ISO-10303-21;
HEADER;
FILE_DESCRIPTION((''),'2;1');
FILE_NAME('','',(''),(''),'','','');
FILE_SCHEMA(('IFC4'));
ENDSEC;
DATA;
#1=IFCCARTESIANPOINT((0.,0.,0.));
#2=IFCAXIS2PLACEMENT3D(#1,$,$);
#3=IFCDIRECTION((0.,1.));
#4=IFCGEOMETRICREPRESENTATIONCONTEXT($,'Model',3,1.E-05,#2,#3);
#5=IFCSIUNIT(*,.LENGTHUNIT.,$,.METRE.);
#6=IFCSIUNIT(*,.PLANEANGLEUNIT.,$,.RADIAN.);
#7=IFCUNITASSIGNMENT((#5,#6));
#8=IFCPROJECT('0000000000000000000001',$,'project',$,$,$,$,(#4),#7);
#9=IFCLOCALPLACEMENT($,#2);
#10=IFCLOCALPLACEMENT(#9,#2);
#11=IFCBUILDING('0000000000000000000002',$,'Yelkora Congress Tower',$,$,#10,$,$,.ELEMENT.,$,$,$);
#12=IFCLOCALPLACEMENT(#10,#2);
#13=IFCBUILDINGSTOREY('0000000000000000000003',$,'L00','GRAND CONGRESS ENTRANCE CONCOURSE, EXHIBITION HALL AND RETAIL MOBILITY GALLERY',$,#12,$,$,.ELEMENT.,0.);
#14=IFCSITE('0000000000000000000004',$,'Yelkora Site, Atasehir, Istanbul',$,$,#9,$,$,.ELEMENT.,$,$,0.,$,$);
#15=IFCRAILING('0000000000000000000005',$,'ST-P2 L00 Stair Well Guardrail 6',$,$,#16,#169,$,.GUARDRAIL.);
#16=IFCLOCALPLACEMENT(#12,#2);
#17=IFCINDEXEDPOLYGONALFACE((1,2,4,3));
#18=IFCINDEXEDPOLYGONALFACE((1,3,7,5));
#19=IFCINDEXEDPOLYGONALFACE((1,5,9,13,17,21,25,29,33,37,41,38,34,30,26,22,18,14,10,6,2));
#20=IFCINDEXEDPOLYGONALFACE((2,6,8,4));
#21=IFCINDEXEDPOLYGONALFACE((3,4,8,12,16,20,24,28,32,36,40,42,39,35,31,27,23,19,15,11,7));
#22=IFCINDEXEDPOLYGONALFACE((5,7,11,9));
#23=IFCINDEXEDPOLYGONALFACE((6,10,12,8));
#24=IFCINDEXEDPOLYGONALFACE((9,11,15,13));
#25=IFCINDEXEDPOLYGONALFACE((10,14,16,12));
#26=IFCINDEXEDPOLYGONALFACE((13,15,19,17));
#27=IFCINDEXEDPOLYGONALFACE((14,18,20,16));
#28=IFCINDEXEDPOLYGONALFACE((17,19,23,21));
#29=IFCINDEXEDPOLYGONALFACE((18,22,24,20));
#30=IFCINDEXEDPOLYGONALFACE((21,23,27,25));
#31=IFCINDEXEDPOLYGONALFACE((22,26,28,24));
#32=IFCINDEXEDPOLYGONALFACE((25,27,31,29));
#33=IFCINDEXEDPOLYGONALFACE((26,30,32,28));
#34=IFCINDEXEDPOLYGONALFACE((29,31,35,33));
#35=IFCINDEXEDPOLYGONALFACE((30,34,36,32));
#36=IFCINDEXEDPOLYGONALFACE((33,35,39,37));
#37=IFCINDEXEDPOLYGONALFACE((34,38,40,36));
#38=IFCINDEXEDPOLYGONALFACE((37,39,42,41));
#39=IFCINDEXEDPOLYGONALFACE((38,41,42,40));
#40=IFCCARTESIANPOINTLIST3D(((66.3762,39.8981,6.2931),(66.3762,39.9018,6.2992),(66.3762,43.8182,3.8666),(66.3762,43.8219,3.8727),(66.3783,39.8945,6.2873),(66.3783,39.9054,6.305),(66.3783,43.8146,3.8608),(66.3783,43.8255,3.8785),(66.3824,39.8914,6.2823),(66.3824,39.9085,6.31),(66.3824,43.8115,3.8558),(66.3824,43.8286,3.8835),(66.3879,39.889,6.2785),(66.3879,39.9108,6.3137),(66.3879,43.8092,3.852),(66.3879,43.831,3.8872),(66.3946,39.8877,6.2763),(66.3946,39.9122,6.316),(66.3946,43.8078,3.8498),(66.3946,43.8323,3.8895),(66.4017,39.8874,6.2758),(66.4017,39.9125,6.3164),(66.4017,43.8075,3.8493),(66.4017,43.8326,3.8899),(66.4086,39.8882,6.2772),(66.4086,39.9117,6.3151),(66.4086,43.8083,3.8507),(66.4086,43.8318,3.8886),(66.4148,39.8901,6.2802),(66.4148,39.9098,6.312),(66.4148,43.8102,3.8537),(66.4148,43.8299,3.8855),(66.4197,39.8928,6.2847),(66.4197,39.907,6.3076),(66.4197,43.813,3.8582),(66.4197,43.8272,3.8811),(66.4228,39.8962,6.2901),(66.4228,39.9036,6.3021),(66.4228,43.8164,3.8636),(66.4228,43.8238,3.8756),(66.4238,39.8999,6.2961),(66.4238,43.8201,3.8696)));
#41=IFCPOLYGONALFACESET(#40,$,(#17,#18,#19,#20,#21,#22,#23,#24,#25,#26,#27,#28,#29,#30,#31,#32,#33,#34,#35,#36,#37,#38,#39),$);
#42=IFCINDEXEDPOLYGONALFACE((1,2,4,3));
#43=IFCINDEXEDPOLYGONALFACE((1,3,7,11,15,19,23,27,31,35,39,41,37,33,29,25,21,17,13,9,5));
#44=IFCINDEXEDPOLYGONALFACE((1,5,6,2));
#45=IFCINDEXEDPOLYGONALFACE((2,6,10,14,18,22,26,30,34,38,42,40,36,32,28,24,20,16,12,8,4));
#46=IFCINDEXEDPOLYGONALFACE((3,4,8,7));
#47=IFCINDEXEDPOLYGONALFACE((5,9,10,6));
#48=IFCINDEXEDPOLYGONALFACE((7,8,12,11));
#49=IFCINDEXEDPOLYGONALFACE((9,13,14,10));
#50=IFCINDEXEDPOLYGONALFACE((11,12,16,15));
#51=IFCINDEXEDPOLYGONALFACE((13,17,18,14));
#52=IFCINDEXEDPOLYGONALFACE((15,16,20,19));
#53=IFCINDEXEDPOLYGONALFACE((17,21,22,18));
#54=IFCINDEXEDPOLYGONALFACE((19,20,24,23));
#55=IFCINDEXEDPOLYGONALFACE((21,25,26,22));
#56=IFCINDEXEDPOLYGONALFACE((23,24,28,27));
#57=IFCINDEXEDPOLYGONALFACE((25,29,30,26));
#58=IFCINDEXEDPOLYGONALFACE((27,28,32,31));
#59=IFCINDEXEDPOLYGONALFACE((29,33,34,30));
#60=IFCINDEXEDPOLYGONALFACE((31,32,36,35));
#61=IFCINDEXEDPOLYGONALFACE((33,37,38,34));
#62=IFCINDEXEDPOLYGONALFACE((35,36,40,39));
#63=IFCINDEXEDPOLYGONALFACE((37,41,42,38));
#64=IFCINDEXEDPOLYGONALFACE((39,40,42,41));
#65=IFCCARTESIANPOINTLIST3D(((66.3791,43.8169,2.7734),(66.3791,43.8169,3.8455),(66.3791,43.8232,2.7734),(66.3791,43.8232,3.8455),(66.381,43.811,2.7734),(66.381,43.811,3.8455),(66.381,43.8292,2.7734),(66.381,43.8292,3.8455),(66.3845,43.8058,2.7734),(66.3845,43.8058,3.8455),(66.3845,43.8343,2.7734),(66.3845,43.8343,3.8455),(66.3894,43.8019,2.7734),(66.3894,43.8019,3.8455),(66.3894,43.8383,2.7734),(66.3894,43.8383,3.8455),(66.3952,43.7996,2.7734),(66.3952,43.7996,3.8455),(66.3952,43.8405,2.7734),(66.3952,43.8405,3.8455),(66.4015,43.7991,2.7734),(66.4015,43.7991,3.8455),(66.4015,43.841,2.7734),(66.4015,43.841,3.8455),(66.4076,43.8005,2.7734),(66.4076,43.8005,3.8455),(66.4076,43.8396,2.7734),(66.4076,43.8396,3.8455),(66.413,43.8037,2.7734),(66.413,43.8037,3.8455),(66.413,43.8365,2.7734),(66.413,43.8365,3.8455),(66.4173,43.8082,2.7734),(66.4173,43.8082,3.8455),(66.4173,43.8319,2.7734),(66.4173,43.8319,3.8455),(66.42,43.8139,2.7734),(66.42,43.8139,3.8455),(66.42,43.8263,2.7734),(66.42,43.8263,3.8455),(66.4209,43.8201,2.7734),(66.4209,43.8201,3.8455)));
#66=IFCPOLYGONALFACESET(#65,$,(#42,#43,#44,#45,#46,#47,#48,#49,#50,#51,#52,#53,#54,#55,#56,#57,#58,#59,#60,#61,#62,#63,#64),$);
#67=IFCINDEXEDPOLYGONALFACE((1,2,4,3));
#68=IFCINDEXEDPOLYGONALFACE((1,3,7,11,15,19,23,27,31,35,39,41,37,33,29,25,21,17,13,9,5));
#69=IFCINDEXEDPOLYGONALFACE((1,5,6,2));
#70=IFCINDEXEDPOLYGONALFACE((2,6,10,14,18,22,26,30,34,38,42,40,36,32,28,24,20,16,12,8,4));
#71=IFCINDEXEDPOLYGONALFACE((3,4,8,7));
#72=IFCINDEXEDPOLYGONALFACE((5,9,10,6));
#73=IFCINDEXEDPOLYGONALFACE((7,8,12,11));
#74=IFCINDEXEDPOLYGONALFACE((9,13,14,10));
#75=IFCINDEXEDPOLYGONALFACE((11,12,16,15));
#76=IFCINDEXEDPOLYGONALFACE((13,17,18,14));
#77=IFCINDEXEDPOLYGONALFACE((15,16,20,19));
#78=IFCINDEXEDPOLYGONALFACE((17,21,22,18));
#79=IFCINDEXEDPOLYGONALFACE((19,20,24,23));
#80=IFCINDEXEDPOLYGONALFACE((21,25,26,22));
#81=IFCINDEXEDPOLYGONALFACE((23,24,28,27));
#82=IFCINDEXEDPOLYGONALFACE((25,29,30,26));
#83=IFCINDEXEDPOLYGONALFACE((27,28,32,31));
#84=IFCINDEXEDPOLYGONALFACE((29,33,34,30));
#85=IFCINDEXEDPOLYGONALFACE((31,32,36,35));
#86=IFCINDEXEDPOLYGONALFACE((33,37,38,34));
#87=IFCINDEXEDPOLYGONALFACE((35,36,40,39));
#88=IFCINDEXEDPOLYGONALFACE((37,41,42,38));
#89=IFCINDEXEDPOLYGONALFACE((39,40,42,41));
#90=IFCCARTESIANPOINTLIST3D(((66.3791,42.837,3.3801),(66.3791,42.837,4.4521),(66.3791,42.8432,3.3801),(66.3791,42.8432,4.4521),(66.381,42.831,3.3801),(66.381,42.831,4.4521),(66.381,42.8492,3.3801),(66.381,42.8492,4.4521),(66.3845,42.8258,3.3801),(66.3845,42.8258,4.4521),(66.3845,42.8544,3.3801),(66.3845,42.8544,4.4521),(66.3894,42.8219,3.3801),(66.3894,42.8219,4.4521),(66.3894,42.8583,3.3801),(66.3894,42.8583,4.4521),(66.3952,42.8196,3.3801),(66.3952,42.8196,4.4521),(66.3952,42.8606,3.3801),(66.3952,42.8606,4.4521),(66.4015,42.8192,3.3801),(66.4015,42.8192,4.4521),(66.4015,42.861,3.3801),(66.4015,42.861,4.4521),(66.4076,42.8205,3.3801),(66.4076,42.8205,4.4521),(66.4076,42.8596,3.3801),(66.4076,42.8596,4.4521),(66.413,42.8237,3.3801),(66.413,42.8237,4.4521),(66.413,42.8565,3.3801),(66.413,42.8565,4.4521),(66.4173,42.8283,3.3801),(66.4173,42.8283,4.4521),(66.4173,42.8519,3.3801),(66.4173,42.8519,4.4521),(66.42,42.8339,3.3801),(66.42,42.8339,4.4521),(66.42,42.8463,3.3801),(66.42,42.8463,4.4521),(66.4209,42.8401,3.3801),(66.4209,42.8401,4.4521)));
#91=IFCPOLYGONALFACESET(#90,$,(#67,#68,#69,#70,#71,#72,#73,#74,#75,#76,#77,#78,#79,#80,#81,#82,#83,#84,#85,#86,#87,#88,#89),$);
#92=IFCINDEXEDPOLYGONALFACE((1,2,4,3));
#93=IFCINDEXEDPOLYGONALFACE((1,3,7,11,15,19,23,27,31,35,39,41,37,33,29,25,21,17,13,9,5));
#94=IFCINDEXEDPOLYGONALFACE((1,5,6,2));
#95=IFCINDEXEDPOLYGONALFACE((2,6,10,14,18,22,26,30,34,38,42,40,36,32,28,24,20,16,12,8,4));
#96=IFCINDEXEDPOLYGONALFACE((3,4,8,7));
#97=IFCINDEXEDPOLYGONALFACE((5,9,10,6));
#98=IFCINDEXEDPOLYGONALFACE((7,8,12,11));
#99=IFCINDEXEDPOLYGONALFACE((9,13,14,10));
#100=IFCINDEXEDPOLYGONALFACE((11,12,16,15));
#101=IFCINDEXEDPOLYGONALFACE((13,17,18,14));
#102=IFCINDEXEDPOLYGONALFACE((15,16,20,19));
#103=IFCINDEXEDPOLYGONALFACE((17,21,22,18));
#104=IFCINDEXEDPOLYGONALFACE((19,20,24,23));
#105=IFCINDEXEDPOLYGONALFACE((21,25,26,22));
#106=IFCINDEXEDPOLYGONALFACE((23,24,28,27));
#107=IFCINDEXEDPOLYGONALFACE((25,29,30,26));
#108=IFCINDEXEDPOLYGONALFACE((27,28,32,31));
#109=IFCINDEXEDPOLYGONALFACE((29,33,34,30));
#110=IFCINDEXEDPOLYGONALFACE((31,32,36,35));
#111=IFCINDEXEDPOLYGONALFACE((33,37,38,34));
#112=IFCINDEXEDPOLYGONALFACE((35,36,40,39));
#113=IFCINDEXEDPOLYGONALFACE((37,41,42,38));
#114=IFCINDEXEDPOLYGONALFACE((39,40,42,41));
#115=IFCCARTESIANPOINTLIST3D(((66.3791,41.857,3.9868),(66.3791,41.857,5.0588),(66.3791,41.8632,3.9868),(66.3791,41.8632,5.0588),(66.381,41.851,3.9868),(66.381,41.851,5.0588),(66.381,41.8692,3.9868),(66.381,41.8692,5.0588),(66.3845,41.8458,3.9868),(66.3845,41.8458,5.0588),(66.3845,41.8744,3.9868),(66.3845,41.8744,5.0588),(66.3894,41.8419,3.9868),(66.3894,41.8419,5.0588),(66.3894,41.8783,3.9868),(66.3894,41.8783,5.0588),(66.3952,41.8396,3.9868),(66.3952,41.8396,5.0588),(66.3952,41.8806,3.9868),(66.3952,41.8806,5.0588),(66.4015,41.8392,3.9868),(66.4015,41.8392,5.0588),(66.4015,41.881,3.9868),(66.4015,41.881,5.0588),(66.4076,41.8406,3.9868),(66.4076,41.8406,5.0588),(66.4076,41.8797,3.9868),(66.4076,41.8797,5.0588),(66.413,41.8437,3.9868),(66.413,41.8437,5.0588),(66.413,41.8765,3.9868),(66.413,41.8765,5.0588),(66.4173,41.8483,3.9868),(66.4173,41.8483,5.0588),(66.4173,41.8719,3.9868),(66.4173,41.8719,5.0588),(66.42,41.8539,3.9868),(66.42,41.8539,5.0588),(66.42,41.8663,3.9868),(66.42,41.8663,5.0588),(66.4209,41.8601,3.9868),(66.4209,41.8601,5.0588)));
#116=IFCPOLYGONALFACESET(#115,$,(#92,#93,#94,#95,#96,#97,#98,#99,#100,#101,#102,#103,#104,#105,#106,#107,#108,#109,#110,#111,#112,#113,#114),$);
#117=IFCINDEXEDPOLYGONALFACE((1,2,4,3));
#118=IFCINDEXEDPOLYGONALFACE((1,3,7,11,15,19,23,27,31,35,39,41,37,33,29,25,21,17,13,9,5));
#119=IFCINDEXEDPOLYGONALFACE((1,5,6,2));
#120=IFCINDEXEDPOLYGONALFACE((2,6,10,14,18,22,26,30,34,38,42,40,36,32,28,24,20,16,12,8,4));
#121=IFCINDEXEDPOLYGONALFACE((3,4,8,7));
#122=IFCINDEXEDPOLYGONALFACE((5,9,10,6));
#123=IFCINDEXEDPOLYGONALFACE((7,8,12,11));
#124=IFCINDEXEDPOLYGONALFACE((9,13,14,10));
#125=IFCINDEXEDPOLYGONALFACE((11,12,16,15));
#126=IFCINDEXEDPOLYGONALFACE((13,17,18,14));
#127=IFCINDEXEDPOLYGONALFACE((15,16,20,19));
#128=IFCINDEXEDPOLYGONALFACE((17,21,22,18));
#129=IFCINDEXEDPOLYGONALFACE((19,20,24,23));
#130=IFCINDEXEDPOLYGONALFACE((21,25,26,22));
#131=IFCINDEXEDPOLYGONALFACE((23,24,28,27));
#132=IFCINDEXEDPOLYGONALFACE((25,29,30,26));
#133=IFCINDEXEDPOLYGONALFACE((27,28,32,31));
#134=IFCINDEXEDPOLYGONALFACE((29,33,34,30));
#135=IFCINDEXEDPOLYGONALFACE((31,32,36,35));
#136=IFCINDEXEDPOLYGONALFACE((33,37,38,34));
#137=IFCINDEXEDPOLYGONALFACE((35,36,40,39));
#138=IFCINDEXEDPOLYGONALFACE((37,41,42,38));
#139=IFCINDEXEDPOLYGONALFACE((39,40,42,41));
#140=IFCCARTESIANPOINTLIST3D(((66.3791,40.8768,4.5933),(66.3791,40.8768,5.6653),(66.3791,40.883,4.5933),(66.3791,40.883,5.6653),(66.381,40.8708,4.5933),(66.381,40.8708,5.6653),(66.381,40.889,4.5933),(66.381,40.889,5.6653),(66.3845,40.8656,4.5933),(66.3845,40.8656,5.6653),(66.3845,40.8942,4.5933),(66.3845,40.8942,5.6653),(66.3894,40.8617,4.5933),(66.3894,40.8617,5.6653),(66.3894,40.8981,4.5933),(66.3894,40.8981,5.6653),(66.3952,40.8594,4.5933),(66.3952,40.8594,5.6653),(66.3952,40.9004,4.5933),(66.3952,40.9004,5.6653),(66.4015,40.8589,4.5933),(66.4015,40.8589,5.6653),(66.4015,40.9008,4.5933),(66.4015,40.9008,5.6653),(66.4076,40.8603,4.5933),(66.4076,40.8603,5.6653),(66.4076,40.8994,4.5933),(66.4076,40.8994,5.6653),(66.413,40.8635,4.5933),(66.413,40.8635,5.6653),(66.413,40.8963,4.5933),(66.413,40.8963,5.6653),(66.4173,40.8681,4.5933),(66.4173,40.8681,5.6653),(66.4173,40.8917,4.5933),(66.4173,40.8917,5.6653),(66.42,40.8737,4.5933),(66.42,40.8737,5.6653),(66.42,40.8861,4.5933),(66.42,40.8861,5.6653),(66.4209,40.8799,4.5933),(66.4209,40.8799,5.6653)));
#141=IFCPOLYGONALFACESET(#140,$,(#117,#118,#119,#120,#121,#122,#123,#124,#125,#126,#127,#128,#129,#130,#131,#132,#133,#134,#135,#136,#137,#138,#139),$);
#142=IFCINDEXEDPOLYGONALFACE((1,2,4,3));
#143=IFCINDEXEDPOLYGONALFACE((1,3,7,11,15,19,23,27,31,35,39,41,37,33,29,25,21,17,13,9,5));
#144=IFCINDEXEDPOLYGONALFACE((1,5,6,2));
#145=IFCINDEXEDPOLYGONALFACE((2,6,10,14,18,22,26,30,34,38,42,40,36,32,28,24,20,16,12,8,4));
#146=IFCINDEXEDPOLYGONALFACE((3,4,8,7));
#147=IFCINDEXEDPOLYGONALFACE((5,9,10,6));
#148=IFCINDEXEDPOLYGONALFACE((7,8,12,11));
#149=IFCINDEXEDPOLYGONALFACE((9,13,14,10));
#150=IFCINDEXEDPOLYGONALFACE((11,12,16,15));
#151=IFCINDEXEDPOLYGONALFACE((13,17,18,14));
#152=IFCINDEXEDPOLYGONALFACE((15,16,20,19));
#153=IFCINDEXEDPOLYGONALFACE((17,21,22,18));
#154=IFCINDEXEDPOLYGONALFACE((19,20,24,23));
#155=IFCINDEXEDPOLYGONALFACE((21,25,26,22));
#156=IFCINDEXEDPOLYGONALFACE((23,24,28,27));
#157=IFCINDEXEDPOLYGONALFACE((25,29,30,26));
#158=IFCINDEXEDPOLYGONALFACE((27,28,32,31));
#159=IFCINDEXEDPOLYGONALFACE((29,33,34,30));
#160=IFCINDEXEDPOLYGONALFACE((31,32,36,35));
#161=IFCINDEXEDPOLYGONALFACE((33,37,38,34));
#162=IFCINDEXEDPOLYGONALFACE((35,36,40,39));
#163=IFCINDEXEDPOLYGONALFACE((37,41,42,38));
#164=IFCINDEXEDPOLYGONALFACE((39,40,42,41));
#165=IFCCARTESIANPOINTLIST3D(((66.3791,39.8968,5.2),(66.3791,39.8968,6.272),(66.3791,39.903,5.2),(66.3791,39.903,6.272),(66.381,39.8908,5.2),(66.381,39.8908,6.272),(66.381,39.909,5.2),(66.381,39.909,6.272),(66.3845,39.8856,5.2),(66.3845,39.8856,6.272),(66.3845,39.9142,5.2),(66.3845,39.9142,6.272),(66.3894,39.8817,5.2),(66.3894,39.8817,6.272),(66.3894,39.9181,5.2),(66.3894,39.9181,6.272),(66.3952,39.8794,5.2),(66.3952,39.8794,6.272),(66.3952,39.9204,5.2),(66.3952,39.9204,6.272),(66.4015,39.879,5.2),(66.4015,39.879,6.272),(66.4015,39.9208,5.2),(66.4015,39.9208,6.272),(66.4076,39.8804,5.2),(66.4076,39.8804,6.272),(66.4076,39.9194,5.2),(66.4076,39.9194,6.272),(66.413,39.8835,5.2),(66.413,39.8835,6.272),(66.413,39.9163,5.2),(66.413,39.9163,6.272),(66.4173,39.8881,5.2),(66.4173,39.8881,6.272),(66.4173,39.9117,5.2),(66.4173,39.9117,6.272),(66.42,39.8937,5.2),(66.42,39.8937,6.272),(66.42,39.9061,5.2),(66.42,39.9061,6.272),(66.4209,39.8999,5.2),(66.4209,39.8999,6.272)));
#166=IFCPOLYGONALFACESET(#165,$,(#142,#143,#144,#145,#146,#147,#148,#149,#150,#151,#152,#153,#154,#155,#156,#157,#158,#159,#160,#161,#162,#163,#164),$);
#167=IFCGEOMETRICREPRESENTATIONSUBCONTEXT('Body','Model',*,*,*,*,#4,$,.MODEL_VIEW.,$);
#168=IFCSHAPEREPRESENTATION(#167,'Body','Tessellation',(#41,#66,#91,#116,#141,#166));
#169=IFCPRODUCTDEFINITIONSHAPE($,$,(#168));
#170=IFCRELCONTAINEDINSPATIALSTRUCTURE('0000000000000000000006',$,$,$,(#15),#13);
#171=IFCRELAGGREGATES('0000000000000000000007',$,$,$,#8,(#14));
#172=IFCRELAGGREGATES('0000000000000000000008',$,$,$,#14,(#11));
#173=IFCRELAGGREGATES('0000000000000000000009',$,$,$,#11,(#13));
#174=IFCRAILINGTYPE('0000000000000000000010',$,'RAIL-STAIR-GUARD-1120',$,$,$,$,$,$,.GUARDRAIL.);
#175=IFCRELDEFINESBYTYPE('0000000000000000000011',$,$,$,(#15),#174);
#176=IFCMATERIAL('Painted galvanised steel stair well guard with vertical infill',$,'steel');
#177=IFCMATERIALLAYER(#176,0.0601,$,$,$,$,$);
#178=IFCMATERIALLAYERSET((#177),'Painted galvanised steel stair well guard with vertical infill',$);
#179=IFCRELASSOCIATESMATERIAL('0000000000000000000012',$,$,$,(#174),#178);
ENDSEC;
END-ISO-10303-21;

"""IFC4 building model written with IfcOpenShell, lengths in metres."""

from ifc_helpers import new_model, si_unit, direction, frame, origin, origin_2d, place, context, subcontext, project, spatial, circle, extrude, material, layer, layer_set, type_object, element, save


model = new_model("IFC4")

# Units and contexts
model_context = context("Model", 3, precision=1e-05, world=origin(), true_north=direction((0.0, 1.0)))
body_context = subcontext(model_context, "Body", "Model", "MODEL_VIEW")
ifc_project = project(units=[si_unit("LENGTHUNIT", "METRE"), si_unit("PLANEANGLEUNIT", "RADIAN")], contexts=[model_context])

# Site, building, storey
site_placement = place(None, origin())
site = spatial("IfcSite", under=ifc_project, at=site_placement, Name="Yelkora Site, Atasehir, Istanbul", CompositionType="ELEMENT", RefElevation=0.0)
building_placement = place(site_placement, origin())
building = spatial("IfcBuilding", under=site, at=building_placement, Name="Yelkora Congress Tower", CompositionType="ELEMENT")
storey_placement = place(building_placement, origin())
storey = spatial("IfcBuildingStorey", under=building, at=storey_placement, Name="L00", Description="GRAND CONGRESS ENTRANCE CONCOURSE, EXHIBITION HALL AND RETAIL MOBILITY GALLERY", CompositionType="ELEMENT", Elevation=0.0)

# Railing
ifc_material_1 = material(Name="Painted galvanised steel stair well guard with vertical infill", Category="steel")
ifc_layer_1 = layer(ifc_material_1, 0.0601)
ifc_layer_set_1 = layer_set([ifc_layer_1], Name="Painted galvanised steel stair well guard with vertical infill")
railing_type_1 = type_object("IfcRailingType", Name="RAIL-STAIR-GUARD-1120", PredefinedType="GUARDRAIL", material=ifc_layer_set_1)
railing_1_placement = place(storey_placement, frame((66.3999, 43.8201, 2.7734)))
element("IfcRailing", 1, at=railing_1_placement, inside=storey, type_object=railing_type_1, Name="ST-P2 L00 Stair Well Guardrail 6", PredefinedType="GUARDRAIL", context=body_context, shape_type="SweptSolid", body=[
    extrude(circle(Radius=0.0239, at=origin_2d()), frame((0.0, 0.0, 1.0962), z_axis=(0.0, -0.85029, 0.526315), x_axis=(1.0, 0.0, 0.0)), (0.0, 0.0, 1.0), 4.6104),
    extrude(circle(Radius=0.021, at=origin_2d()), origin(), (0.0, 0.0, 1.0), 1.072),
    extrude(circle(Radius=0.021, at=origin_2d()), frame((0.0, -0.98, 0.6067)), (0.0, 0.0, 1.0), 1.072),
    extrude(circle(Radius=0.021, at=origin_2d()), frame((0.0, -1.96, 1.2134)), (0.0, 0.0, 1.0), 1.072),
    extrude(circle(Radius=0.021, at=origin_2d()), frame((0.0, -2.9402, 1.8198)), (0.0, 0.0, 1.0), 1.072),
    extrude(circle(Radius=0.021, at=origin_2d()), frame((0.0, -3.9202, 2.4265)), (0.0, 0.0, 1.0), 1.072),
])

save(model, "model.ifc")
